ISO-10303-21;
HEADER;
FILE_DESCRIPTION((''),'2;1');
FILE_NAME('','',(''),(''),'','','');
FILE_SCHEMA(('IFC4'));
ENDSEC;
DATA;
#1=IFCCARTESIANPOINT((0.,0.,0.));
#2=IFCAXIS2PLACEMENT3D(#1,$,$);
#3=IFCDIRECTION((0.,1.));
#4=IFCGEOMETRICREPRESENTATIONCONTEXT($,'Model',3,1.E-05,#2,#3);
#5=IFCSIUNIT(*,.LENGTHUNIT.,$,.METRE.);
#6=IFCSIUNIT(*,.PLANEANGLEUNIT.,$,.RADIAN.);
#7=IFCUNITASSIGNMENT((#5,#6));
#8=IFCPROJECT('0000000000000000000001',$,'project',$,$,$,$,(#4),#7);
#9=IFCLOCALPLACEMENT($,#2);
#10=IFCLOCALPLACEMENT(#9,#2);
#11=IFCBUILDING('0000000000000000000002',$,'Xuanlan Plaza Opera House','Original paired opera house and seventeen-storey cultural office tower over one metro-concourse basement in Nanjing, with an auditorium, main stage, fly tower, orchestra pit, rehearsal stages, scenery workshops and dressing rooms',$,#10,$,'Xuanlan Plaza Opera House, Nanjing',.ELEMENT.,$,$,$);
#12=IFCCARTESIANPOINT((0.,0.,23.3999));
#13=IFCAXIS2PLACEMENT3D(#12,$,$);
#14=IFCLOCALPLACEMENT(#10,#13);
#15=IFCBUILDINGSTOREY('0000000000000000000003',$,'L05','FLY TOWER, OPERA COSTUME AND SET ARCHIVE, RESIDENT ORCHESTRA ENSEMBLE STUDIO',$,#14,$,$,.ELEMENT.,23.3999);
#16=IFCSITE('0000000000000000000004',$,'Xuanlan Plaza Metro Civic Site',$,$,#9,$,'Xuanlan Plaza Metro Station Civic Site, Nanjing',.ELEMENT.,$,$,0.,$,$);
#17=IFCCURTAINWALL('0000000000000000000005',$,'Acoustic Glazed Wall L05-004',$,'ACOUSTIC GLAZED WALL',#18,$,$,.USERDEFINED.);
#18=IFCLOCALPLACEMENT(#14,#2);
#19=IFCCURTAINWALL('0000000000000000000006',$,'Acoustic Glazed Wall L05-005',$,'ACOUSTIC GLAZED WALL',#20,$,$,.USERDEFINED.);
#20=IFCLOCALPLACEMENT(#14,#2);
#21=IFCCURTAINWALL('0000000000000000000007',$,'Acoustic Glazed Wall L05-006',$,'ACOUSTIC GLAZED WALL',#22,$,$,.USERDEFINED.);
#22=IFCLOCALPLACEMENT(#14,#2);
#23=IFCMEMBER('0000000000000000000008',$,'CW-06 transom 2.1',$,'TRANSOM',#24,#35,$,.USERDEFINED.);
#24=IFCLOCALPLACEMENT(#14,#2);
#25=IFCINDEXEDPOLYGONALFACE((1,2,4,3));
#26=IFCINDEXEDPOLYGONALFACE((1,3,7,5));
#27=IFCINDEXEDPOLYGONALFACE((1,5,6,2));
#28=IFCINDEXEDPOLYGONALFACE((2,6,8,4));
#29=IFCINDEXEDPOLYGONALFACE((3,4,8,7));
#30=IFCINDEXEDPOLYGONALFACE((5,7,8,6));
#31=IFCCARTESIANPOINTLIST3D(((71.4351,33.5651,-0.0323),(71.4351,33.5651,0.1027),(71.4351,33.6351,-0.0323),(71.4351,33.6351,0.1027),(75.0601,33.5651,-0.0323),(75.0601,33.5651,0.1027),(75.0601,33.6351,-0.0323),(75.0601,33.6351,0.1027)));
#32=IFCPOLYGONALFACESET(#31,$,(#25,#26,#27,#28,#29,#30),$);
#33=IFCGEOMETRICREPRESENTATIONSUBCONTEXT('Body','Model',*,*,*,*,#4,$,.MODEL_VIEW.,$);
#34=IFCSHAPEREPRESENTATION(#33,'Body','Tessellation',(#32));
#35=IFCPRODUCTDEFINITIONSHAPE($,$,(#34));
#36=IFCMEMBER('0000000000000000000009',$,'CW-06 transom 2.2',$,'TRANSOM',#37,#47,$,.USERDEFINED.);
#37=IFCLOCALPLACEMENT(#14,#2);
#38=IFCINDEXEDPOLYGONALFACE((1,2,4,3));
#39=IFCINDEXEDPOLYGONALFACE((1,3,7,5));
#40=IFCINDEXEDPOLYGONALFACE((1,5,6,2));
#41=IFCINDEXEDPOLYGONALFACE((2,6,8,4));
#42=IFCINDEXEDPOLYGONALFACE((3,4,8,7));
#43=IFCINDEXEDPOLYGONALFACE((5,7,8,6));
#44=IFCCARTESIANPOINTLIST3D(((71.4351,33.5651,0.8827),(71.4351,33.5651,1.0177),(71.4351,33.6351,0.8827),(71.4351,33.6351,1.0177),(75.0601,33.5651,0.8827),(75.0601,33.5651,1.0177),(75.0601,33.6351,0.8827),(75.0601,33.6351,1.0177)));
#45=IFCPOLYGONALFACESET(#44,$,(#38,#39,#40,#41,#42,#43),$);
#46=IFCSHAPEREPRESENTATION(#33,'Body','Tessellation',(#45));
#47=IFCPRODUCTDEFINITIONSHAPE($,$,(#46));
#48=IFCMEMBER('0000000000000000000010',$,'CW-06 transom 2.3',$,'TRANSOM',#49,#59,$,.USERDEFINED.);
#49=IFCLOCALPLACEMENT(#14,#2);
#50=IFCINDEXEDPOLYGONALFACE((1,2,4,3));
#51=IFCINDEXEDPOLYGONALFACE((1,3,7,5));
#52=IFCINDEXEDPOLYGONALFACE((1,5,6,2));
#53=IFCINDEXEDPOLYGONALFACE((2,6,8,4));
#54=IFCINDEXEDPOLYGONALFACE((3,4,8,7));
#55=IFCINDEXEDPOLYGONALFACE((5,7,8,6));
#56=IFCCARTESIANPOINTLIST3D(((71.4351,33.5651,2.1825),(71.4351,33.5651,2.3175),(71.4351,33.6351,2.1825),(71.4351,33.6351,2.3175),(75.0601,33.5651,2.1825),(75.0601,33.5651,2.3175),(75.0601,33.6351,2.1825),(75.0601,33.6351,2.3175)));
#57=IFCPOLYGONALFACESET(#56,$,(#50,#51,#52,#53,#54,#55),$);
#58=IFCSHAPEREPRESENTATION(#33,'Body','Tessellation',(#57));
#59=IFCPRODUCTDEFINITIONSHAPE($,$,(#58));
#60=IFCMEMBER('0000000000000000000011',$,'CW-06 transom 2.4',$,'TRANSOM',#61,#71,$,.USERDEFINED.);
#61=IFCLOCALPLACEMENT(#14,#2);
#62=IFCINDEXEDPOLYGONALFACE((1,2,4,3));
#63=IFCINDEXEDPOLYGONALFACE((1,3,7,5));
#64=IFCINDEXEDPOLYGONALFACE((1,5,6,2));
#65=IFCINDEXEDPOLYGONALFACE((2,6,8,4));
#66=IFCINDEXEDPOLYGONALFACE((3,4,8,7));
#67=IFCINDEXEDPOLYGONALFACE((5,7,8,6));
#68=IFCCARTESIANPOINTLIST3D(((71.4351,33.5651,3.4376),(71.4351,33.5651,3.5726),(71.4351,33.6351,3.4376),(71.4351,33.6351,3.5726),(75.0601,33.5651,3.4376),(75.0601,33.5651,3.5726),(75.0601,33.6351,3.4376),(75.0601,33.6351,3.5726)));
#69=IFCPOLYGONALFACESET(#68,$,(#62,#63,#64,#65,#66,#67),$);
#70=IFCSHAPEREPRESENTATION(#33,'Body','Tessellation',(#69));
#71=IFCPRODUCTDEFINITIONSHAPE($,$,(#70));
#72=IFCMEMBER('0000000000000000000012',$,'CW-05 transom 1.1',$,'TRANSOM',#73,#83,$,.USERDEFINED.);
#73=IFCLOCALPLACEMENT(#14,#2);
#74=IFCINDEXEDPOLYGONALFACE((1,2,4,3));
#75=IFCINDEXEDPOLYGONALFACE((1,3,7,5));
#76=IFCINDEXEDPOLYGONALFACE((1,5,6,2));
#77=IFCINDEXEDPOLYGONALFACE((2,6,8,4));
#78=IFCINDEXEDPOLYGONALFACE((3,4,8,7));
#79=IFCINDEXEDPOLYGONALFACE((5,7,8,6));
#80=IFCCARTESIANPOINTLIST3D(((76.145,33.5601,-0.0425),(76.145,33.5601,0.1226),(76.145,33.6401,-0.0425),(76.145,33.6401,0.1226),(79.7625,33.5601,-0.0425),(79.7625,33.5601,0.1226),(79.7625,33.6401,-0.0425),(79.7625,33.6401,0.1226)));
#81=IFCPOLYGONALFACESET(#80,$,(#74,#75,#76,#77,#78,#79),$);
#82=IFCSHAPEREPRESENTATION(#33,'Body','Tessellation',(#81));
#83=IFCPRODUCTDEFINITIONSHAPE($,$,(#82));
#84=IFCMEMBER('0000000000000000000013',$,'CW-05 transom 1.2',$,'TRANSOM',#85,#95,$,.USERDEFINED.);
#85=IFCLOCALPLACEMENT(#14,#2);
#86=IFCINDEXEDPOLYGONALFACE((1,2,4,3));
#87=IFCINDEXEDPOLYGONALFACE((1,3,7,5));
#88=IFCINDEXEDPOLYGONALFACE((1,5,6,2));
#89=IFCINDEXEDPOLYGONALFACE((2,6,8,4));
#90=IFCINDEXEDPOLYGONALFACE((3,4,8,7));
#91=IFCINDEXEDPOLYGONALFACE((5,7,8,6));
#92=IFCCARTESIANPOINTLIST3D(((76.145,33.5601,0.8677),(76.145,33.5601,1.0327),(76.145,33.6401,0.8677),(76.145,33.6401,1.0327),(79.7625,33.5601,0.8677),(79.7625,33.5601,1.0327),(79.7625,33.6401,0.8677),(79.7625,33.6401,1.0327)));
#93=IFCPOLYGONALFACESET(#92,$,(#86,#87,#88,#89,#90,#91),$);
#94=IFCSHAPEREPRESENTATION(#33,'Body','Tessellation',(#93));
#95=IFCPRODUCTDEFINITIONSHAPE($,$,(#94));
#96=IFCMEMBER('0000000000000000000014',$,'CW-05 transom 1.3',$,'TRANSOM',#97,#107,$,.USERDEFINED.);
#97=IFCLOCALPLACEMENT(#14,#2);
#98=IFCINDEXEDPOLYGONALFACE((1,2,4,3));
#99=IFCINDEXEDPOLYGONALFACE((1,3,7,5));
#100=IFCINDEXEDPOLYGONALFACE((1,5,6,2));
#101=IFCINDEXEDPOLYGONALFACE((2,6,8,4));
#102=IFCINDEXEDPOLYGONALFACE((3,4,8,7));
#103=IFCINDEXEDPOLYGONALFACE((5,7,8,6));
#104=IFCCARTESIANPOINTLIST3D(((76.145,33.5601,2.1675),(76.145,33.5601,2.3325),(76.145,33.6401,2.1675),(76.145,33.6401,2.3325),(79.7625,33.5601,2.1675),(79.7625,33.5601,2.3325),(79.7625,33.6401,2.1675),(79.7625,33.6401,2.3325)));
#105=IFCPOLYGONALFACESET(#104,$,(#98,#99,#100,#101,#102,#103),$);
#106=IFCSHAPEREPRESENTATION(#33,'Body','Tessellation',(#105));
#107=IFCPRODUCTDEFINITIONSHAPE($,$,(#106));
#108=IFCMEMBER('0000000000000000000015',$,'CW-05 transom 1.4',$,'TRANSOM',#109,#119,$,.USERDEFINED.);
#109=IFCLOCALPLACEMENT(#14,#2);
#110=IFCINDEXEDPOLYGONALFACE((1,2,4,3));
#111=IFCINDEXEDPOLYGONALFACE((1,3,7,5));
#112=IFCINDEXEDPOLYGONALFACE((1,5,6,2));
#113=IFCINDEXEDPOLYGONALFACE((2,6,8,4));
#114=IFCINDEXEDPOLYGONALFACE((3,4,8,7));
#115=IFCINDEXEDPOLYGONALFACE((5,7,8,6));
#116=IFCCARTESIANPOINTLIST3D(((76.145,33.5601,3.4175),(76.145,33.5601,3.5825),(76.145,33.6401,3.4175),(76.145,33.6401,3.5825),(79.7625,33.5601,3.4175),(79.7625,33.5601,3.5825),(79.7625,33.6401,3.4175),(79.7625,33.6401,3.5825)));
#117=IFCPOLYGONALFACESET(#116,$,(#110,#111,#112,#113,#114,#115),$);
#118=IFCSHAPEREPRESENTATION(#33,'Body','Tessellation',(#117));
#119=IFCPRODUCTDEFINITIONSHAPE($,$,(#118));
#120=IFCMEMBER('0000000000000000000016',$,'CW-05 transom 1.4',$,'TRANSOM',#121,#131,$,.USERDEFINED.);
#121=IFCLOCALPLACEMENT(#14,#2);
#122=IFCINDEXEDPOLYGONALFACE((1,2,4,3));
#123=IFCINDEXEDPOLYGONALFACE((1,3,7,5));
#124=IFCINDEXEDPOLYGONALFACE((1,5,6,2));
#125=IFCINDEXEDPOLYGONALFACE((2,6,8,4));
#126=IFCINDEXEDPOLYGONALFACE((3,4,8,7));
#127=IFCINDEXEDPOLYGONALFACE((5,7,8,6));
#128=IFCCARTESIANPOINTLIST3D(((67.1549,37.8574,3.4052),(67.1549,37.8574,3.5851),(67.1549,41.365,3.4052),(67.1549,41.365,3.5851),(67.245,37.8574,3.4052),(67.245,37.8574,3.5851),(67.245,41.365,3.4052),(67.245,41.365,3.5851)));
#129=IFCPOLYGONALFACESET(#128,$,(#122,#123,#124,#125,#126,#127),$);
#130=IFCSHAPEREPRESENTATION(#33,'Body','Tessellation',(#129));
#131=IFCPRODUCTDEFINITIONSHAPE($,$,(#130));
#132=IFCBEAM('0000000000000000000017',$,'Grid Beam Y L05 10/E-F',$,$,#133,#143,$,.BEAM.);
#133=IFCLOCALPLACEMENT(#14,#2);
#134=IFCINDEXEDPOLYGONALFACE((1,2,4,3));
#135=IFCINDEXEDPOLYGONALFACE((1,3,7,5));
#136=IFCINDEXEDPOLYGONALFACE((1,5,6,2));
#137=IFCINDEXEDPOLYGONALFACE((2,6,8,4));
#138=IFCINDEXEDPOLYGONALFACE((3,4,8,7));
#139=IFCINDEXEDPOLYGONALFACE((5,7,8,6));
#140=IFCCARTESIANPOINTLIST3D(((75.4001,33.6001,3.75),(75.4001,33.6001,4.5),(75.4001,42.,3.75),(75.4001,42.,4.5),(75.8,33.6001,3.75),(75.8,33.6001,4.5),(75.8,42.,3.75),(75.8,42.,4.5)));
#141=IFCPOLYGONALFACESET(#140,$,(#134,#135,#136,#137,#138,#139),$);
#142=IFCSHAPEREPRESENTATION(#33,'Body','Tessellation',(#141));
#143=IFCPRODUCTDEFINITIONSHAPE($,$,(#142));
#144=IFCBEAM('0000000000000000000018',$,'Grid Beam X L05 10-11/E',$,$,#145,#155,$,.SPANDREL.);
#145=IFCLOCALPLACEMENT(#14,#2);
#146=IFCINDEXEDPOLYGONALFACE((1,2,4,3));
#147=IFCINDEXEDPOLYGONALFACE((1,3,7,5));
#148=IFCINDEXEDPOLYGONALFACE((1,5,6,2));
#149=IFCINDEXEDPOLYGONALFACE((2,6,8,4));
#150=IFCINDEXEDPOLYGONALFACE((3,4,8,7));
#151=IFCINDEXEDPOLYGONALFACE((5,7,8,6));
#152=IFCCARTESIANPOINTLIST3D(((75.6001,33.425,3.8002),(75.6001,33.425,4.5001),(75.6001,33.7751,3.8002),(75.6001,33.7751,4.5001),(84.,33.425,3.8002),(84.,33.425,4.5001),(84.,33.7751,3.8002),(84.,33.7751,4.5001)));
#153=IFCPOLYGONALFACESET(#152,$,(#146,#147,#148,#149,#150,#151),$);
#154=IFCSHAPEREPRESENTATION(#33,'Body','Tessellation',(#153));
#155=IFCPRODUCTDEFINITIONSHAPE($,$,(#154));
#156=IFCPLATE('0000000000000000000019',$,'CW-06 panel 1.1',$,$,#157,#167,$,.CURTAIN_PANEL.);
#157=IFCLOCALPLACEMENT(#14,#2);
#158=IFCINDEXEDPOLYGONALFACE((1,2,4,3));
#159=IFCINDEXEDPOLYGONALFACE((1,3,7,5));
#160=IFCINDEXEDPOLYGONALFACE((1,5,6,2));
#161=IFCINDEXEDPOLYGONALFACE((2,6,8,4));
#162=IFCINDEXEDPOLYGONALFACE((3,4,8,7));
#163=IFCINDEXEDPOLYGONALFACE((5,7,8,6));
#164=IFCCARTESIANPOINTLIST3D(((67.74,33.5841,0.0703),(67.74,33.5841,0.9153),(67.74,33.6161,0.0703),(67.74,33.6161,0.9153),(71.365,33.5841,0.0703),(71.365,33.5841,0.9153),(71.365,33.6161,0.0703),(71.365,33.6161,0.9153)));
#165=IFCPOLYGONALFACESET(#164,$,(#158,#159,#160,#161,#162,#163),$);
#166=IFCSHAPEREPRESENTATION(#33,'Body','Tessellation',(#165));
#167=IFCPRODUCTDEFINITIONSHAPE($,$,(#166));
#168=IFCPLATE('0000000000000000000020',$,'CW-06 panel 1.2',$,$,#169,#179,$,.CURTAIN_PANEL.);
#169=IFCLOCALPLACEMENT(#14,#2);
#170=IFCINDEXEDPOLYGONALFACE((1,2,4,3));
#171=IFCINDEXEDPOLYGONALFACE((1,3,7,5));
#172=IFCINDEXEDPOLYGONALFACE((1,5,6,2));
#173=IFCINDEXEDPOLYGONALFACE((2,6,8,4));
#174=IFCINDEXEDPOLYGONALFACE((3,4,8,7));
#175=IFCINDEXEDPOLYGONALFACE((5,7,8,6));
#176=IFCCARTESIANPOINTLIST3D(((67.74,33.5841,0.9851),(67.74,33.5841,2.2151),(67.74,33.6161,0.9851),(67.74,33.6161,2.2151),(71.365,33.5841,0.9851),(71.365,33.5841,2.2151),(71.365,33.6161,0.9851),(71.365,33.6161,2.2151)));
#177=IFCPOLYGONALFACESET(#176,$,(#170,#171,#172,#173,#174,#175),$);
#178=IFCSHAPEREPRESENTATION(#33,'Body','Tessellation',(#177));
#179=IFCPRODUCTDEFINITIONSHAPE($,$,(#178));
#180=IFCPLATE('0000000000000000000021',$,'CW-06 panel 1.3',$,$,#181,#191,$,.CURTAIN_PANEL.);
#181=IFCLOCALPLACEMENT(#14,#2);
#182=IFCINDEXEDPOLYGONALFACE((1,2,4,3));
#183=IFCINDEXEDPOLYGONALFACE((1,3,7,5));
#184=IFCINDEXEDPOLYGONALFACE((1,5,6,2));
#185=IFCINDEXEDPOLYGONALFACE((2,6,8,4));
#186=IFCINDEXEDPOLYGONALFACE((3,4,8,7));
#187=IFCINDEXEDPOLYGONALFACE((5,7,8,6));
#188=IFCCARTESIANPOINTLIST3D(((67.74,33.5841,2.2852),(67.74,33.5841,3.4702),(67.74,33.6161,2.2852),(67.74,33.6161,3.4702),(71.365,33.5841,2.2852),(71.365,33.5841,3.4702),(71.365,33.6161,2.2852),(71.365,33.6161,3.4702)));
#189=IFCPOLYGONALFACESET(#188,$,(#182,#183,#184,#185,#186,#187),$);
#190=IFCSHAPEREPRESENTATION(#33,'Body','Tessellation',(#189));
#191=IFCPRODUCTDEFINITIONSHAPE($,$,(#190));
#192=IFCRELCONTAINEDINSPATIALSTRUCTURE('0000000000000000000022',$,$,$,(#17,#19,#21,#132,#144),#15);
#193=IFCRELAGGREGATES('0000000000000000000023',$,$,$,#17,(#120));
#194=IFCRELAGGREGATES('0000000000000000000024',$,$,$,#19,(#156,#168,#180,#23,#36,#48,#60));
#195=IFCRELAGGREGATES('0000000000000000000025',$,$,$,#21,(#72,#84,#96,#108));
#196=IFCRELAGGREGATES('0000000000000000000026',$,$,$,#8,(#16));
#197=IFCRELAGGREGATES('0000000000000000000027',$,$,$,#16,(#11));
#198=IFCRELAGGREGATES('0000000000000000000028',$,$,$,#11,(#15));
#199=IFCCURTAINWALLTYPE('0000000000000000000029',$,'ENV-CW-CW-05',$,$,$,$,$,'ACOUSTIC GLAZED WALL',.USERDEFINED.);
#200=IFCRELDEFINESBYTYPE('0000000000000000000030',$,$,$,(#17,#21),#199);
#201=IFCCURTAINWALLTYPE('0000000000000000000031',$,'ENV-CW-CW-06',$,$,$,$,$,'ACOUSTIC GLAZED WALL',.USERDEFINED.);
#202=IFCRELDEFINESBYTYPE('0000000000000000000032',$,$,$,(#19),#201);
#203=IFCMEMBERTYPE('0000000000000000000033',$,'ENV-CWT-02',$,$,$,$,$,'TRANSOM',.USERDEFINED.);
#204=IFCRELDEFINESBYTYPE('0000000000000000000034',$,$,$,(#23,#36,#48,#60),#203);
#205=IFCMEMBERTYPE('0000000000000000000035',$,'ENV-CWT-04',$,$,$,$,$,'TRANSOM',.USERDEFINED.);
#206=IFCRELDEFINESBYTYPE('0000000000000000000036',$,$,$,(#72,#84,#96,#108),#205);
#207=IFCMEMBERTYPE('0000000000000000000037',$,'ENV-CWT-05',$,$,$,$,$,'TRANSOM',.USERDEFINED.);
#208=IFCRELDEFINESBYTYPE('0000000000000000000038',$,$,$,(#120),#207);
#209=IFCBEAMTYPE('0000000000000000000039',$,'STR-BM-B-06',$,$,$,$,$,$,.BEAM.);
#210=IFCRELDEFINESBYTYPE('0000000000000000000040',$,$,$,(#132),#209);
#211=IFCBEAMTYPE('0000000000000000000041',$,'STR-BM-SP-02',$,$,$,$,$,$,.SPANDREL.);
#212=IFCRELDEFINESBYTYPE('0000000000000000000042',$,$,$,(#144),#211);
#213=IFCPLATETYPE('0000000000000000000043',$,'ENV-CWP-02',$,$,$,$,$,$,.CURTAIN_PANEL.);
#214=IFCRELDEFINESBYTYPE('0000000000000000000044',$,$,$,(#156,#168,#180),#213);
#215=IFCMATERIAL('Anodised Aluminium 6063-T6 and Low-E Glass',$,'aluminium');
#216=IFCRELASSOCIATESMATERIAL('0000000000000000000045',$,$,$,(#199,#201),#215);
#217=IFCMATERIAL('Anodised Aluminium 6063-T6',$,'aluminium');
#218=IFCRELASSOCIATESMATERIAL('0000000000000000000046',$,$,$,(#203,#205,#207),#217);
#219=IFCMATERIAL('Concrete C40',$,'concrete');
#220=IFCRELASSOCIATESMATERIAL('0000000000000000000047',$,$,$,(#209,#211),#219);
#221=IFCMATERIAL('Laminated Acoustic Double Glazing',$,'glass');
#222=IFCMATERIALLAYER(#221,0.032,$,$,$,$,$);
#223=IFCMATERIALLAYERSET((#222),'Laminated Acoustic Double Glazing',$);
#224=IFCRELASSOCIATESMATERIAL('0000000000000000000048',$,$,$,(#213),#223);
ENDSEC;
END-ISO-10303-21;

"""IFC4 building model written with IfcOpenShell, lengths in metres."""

from ifc_helpers import new_model, si_unit, direction, frame, origin, origin_2d, place, context, subcontext, project, spatial, rectangle, extrude, material, layer, layer_set, material_profile, profile_set, type_object, element, aggregate, save


model = new_model("IFC4")

# Units and contexts
model_context = context("Model", 3, precision=1e-05, world=origin(), true_north=direction((0.0, 1.0)))
body_context = subcontext(model_context, "Body", "Model", "MODEL_VIEW")
ifc_project = project(units=[si_unit("LENGTHUNIT", "METRE"), si_unit("PLANEANGLEUNIT", "RADIAN")], contexts=[model_context])

# Site, building, storey
site_placement = place(None, origin())
site = spatial("IfcSite", under=ifc_project, at=site_placement, Name="Xuanlan Plaza Metro Civic Site", LongName="Xuanlan Plaza Metro Station Civic Site, Nanjing", CompositionType="ELEMENT", RefElevation=0.0)
building_placement = place(site_placement, origin())
building = spatial("IfcBuilding", under=site, at=building_placement, Name="Xuanlan Plaza Opera House", Description="Original paired opera house and seventeen-storey cultural office tower over one metro-concourse basement in Nanjing, with an auditorium, main stage, fly tower, orchestra pit, rehearsal stages, scenery workshops and dressing rooms", LongName="Xuanlan Plaza Opera House, Nanjing", CompositionType="ELEMENT")
storey_placement = place(building_placement, frame((0.0, 0.0, 23.3999)))
storey = spatial("IfcBuildingStorey", under=building, at=storey_placement, Name="L05", Description="FLY TOWER, OPERA COSTUME AND SET ARCHIVE, RESIDENT ORCHESTRA ENSEMBLE STUDIO", CompositionType="ELEMENT", Elevation=23.3999)

# Shared definitions
ifc_material_1 = material(Name="Concrete C40", Category="concrete")

# Curtain wall
ifc_material_2 = material(Name="Anodised Aluminium 6063-T6 and Low-E Glass", Category="aluminium")
curtain_wall_type_1 = type_object("IfcCurtainWallType", Name="ENV-CW-CW-05", ElementType="ACOUSTIC GLAZED WALL", PredefinedType="USERDEFINED", material=ifc_material_2)
curtain_wall_1_placement = place(storey_placement, origin())
curtain_wall_1 = element("IfcCurtainWall", 1, at=curtain_wall_1_placement, inside=storey, type_object=curtain_wall_type_1, Name="Acoustic Glazed Wall L05-004", ObjectType="ACOUSTIC GLAZED WALL", PredefinedType="USERDEFINED")
ifc_material_3 = material(Name="Anodised Aluminium 6063-T6", Category="aluminium")

# Curtain wall
curtain_wall_type_2 = type_object("IfcCurtainWallType", Name="ENV-CW-CW-06", ElementType="ACOUSTIC GLAZED WALL", PredefinedType="USERDEFINED", material=ifc_material_2)
curtain_wall_2_placement = place(storey_placement, origin())
curtain_wall_2 = element("IfcCurtainWall", 2, at=curtain_wall_2_placement, inside=storey, type_object=curtain_wall_type_2, Name="Acoustic Glazed Wall L05-005", ObjectType="ACOUSTIC GLAZED WALL", PredefinedType="USERDEFINED")

# Curtain wall
curtain_wall_3_placement = place(storey_placement, origin())
curtain_wall_3 = element("IfcCurtainWall", 3, at=curtain_wall_3_placement, inside=storey, type_object=curtain_wall_type_1, Name="Acoustic Glazed Wall L05-006", ObjectType="ACOUSTIC GLAZED WALL", PredefinedType="USERDEFINED")

# Members
ifc_material_profile_1 = material_profile(ifc_material_3, rectangle(XDim=0.0701, YDim=0.135, at=origin_2d()), Name="ALU-T 70x135")
ifc_profile_set_1 = profile_set([ifc_material_profile_1], Name="Anodised Aluminium 6063-T6")
member_type_1 = type_object("IfcMemberType", Name="ENV-CWT-02", ElementType="TRANSOM", PredefinedType="USERDEFINED", material=ifc_profile_set_1)
member_1_placement = place(storey_placement, frame((71.4351, 33.6001, 0.0352), z_axis=(1.0, 0.0, 0.0), x_axis=(0.0, 1.0, 0.0)))
member_1 = element("IfcMember", 4, at=member_1_placement, type_object=member_type_1, Name="CW-06 transom 2.1", ObjectType="TRANSOM", PredefinedType="USERDEFINED", context=body_context, shape_type="SweptSolid", body=[
    extrude(rectangle(XDim=0.0701, YDim=0.135, at=origin_2d()), origin(), (0.0, 0.0, 1.0), 3.625),
])
member_2_placement = place(storey_placement, frame((71.4351, 33.6001, 0.9502), z_axis=(1.0, 0.0, 0.0), x_axis=(0.0, 1.0, 0.0)))
member_2 = element("IfcMember", 5, at=member_2_placement, type_object=member_type_1, Name="CW-06 transom 2.2", ObjectType="TRANSOM", PredefinedType="USERDEFINED", context=body_context, shape_type="SweptSolid", body=[
    extrude(rectangle(XDim=0.0701, YDim=0.135, at=origin_2d()), origin(), (0.0, 0.0, 1.0), 3.625),
])
member_3_placement = place(storey_placement, frame((71.4351, 33.6001, 2.25), z_axis=(1.0, 0.0, 0.0), x_axis=(0.0, 1.0, 0.0)))
member_3 = element("IfcMember", 6, at=member_3_placement, type_object=member_type_1, Name="CW-06 transom 2.3", ObjectType="TRANSOM", PredefinedType="USERDEFINED", context=body_context, shape_type="SweptSolid", body=[
    extrude(rectangle(XDim=0.0701, YDim=0.135, at=origin_2d()), origin(), (0.0, 0.0, 1.0), 3.625),
])
member_4_placement = place(storey_placement, frame((71.4351, 33.6001, 3.5051), z_axis=(1.0, 0.0, 0.0), x_axis=(0.0, 1.0, 0.0)))
member_4 = element("IfcMember", 7, at=member_4_placement, type_object=member_type_1, Name="CW-06 transom 2.4", ObjectType="TRANSOM", PredefinedType="USERDEFINED", context=body_context, shape_type="SweptSolid", body=[
    extrude(rectangle(XDim=0.0701, YDim=0.135, at=origin_2d()), origin(), (0.0, 0.0, 1.0), 3.625),
])
ifc_material_profile_2 = material_profile(ifc_material_3, rectangle(XDim=0.0801, YDim=0.165, at=origin_2d()), Name="ALU-T 80x165")
ifc_profile_set_2 = profile_set([ifc_material_profile_2], Name="Anodised Aluminium 6063-T6")
member_type_2 = type_object("IfcMemberType", Name="ENV-CWT-04", ElementType="TRANSOM", PredefinedType="USERDEFINED", material=ifc_profile_set_2)
member_5_placement = place(storey_placement, frame((76.145, 33.6001, 0.04), z_axis=(1.0, 0.0, 0.0), x_axis=(0.0, 1.0, 0.0)))
member_5 = element("IfcMember", 8, at=member_5_placement, type_object=member_type_2, Name="CW-05 transom 1.1", ObjectType="TRANSOM", PredefinedType="USERDEFINED", context=body_context, shape_type="SweptSolid", body=[
    extrude(rectangle(XDim=0.0801, YDim=0.165, at=origin_2d()), origin(), (0.0, 0.0, 1.0), 3.6174),
])
member_6_placement = place(storey_placement, frame((76.145, 33.6001, 0.9502), z_axis=(1.0, 0.0, 0.0), x_axis=(0.0, 1.0, 0.0)))
member_6 = element("IfcMember", 9, at=member_6_placement, type_object=member_type_2, Name="CW-05 transom 1.2", ObjectType="TRANSOM", PredefinedType="USERDEFINED", context=body_context, shape_type="SweptSolid", body=[
    extrude(rectangle(XDim=0.0801, YDim=0.165, at=origin_2d()), origin(), (0.0, 0.0, 1.0), 3.6174),
])
member_7_placement = place(storey_placement, frame((76.145, 33.6001, 2.25), z_axis=(1.0, 0.0, 0.0), x_axis=(0.0, 1.0, 0.0)))
member_7 = element("IfcMember", 10, at=member_7_placement, type_object=member_type_2, Name="CW-05 transom 1.3", ObjectType="TRANSOM", PredefinedType="USERDEFINED", context=body_context, shape_type="SweptSolid", body=[
    extrude(rectangle(XDim=0.0801, YDim=0.165, at=origin_2d()), origin(), (0.0, 0.0, 1.0), 3.6174),
])
member_8_placement = place(storey_placement, frame((76.145, 33.6001, 3.5), z_axis=(1.0, 0.0, 0.0), x_axis=(0.0, 1.0, 0.0)))
member_8 = element("IfcMember", 11, at=member_8_placement, type_object=member_type_2, Name="CW-05 transom 1.4", ObjectType="TRANSOM", PredefinedType="USERDEFINED", context=body_context, shape_type="SweptSolid", body=[
    extrude(rectangle(XDim=0.0801, YDim=0.165, at=origin_2d()), origin(), (0.0, 0.0, 1.0), 3.6174),
])
ifc_material_profile_3 = material_profile(ifc_material_3, rectangle(XDim=0.0901, YDim=0.1799, at=origin_2d()), Name="ALU-T 90x180")
ifc_profile_set_3 = profile_set([ifc_material_profile_3], Name="Anodised Aluminium 6063-T6")
member_type_3 = type_object("IfcMemberType", Name="ENV-CWT-05", ElementType="TRANSOM", PredefinedType="USERDEFINED", material=ifc_profile_set_3)
member_9_placement = place(storey_placement, frame((67.2, 41.365, 3.4951), z_axis=(0.0, -1.0, 0.0), x_axis=(1.0, 0.0, 0.0)))
member_9 = element("IfcMember", 12, at=member_9_placement, type_object=member_type_3, Name="CW-05 transom 1.4", ObjectType="TRANSOM", PredefinedType="USERDEFINED", context=body_context, shape_type="SweptSolid", body=[
    extrude(rectangle(XDim=0.0901, YDim=0.1799, at=origin_2d()), origin(), (0.0, 0.0, 1.0), 3.5076),
])
aggregate(curtain_wall_1, [member_9])

# Beams
ifc_material_profile_4 = material_profile(ifc_material_1, rectangle(XDim=0.3999, YDim=0.75, at=origin_2d()), Name="RC-BM 400x750")
ifc_profile_set_4 = profile_set([ifc_material_profile_4], Name="Concrete C40")
beam_type_1 = type_object("IfcBeamType", Name="STR-BM-B-06", PredefinedType="BEAM", material=ifc_profile_set_4)
beam_1_placement = place(storey_placement, frame((75.6001, 33.6001, 4.125), z_axis=(0.0, 1.0, 0.0), x_axis=(-1.0, 0.0, 0.0)))
element("IfcBeam", 13, at=beam_1_placement, inside=storey, type_object=beam_type_1, Name="Grid Beam Y L05 10/E-F", PredefinedType="BEAM", context=body_context, shape_type="SweptSolid", body=[
    extrude(rectangle(XDim=0.3999, YDim=0.75, at=origin_2d()), origin(), (0.0, 0.0, 1.0), 8.3999),
])
ifc_material_profile_5 = material_profile(ifc_material_1, rectangle(XDim=0.3501, YDim=0.7, at=origin_2d()), Name="RC-SPD 350x700")
ifc_profile_set_5 = profile_set([ifc_material_profile_5], Name="Concrete C40")
beam_type_2 = type_object("IfcBeamType", Name="STR-BM-SP-02", PredefinedType="SPANDREL", material=ifc_profile_set_5)
beam_2_placement = place(storey_placement, frame((75.6001, 33.6001, 4.1501), z_axis=(1.0, 0.0, 0.0), x_axis=(0.0, 1.0, 0.0)))
element("IfcBeam", 14, at=beam_2_placement, inside=storey, type_object=beam_type_2, Name="Grid Beam X L05 10-11/E", PredefinedType="SPANDREL", context=body_context, shape_type="SweptSolid", body=[
    extrude(rectangle(XDim=0.3501, YDim=0.7, at=origin_2d()), origin(), (0.0, 0.0, 1.0), 8.3999),
])

# Plates
ifc_material_4 = material(Name="Laminated Acoustic Double Glazing", Category="glass")
ifc_layer_1 = layer(ifc_material_4, 0.032)
ifc_layer_set_1 = layer_set([ifc_layer_1], Name="Laminated Acoustic Double Glazing")
plate_type_1 = type_object("IfcPlateType", Name="ENV-CWP-02", PredefinedType="CURTAIN_PANEL", material=ifc_layer_set_1)
plate_1_placement = place(storey_placement, frame((69.5525, 33.6001, 0.0703), z_axis=(0.0, 0.0, 1.0), x_axis=(1.0, 0.0, 0.0)))
plate_1 = element("IfcPlate", 15, at=plate_1_placement, type_object=plate_type_1, Name="CW-06 panel 1.1", PredefinedType="CURTAIN_PANEL", context=body_context, shape_type="SweptSolid", body=[
    extrude(rectangle(XDim=3.625, YDim=0.032, at=origin_2d()), origin(), (0.0, 0.0, 1.0), 0.845),
])
plate_2_placement = place(storey_placement, frame((69.5525, 33.6001, 0.9851), z_axis=(0.0, 0.0, 1.0), x_axis=(1.0, 0.0, 0.0)))
plate_2 = element("IfcPlate", 16, at=plate_2_placement, type_object=plate_type_1, Name="CW-06 panel 1.2", PredefinedType="CURTAIN_PANEL", context=body_context, shape_type="SweptSolid", body=[
    extrude(rectangle(XDim=3.625, YDim=0.032, at=origin_2d()), origin(), (0.0, 0.0, 1.0), 1.23),
])
plate_3_placement = place(storey_placement, frame((69.5525, 33.6001, 2.2852), z_axis=(0.0, 0.0, 1.0), x_axis=(1.0, 0.0, 0.0)))
plate_3 = element("IfcPlate", 17, at=plate_3_placement, type_object=plate_type_1, Name="CW-06 panel 1.3", PredefinedType="CURTAIN_PANEL", context=body_context, shape_type="SweptSolid", body=[
    extrude(rectangle(XDim=3.625, YDim=0.032, at=origin_2d()), origin(), (0.0, 0.0, 1.0), 1.1851),
])
aggregate(curtain_wall_2, [plate_1, plate_2, plate_3, member_1, member_2, member_3, member_4])
aggregate(curtain_wall_3, [member_5, member_6, member_7, member_8])

save(model, "model.ifc")
